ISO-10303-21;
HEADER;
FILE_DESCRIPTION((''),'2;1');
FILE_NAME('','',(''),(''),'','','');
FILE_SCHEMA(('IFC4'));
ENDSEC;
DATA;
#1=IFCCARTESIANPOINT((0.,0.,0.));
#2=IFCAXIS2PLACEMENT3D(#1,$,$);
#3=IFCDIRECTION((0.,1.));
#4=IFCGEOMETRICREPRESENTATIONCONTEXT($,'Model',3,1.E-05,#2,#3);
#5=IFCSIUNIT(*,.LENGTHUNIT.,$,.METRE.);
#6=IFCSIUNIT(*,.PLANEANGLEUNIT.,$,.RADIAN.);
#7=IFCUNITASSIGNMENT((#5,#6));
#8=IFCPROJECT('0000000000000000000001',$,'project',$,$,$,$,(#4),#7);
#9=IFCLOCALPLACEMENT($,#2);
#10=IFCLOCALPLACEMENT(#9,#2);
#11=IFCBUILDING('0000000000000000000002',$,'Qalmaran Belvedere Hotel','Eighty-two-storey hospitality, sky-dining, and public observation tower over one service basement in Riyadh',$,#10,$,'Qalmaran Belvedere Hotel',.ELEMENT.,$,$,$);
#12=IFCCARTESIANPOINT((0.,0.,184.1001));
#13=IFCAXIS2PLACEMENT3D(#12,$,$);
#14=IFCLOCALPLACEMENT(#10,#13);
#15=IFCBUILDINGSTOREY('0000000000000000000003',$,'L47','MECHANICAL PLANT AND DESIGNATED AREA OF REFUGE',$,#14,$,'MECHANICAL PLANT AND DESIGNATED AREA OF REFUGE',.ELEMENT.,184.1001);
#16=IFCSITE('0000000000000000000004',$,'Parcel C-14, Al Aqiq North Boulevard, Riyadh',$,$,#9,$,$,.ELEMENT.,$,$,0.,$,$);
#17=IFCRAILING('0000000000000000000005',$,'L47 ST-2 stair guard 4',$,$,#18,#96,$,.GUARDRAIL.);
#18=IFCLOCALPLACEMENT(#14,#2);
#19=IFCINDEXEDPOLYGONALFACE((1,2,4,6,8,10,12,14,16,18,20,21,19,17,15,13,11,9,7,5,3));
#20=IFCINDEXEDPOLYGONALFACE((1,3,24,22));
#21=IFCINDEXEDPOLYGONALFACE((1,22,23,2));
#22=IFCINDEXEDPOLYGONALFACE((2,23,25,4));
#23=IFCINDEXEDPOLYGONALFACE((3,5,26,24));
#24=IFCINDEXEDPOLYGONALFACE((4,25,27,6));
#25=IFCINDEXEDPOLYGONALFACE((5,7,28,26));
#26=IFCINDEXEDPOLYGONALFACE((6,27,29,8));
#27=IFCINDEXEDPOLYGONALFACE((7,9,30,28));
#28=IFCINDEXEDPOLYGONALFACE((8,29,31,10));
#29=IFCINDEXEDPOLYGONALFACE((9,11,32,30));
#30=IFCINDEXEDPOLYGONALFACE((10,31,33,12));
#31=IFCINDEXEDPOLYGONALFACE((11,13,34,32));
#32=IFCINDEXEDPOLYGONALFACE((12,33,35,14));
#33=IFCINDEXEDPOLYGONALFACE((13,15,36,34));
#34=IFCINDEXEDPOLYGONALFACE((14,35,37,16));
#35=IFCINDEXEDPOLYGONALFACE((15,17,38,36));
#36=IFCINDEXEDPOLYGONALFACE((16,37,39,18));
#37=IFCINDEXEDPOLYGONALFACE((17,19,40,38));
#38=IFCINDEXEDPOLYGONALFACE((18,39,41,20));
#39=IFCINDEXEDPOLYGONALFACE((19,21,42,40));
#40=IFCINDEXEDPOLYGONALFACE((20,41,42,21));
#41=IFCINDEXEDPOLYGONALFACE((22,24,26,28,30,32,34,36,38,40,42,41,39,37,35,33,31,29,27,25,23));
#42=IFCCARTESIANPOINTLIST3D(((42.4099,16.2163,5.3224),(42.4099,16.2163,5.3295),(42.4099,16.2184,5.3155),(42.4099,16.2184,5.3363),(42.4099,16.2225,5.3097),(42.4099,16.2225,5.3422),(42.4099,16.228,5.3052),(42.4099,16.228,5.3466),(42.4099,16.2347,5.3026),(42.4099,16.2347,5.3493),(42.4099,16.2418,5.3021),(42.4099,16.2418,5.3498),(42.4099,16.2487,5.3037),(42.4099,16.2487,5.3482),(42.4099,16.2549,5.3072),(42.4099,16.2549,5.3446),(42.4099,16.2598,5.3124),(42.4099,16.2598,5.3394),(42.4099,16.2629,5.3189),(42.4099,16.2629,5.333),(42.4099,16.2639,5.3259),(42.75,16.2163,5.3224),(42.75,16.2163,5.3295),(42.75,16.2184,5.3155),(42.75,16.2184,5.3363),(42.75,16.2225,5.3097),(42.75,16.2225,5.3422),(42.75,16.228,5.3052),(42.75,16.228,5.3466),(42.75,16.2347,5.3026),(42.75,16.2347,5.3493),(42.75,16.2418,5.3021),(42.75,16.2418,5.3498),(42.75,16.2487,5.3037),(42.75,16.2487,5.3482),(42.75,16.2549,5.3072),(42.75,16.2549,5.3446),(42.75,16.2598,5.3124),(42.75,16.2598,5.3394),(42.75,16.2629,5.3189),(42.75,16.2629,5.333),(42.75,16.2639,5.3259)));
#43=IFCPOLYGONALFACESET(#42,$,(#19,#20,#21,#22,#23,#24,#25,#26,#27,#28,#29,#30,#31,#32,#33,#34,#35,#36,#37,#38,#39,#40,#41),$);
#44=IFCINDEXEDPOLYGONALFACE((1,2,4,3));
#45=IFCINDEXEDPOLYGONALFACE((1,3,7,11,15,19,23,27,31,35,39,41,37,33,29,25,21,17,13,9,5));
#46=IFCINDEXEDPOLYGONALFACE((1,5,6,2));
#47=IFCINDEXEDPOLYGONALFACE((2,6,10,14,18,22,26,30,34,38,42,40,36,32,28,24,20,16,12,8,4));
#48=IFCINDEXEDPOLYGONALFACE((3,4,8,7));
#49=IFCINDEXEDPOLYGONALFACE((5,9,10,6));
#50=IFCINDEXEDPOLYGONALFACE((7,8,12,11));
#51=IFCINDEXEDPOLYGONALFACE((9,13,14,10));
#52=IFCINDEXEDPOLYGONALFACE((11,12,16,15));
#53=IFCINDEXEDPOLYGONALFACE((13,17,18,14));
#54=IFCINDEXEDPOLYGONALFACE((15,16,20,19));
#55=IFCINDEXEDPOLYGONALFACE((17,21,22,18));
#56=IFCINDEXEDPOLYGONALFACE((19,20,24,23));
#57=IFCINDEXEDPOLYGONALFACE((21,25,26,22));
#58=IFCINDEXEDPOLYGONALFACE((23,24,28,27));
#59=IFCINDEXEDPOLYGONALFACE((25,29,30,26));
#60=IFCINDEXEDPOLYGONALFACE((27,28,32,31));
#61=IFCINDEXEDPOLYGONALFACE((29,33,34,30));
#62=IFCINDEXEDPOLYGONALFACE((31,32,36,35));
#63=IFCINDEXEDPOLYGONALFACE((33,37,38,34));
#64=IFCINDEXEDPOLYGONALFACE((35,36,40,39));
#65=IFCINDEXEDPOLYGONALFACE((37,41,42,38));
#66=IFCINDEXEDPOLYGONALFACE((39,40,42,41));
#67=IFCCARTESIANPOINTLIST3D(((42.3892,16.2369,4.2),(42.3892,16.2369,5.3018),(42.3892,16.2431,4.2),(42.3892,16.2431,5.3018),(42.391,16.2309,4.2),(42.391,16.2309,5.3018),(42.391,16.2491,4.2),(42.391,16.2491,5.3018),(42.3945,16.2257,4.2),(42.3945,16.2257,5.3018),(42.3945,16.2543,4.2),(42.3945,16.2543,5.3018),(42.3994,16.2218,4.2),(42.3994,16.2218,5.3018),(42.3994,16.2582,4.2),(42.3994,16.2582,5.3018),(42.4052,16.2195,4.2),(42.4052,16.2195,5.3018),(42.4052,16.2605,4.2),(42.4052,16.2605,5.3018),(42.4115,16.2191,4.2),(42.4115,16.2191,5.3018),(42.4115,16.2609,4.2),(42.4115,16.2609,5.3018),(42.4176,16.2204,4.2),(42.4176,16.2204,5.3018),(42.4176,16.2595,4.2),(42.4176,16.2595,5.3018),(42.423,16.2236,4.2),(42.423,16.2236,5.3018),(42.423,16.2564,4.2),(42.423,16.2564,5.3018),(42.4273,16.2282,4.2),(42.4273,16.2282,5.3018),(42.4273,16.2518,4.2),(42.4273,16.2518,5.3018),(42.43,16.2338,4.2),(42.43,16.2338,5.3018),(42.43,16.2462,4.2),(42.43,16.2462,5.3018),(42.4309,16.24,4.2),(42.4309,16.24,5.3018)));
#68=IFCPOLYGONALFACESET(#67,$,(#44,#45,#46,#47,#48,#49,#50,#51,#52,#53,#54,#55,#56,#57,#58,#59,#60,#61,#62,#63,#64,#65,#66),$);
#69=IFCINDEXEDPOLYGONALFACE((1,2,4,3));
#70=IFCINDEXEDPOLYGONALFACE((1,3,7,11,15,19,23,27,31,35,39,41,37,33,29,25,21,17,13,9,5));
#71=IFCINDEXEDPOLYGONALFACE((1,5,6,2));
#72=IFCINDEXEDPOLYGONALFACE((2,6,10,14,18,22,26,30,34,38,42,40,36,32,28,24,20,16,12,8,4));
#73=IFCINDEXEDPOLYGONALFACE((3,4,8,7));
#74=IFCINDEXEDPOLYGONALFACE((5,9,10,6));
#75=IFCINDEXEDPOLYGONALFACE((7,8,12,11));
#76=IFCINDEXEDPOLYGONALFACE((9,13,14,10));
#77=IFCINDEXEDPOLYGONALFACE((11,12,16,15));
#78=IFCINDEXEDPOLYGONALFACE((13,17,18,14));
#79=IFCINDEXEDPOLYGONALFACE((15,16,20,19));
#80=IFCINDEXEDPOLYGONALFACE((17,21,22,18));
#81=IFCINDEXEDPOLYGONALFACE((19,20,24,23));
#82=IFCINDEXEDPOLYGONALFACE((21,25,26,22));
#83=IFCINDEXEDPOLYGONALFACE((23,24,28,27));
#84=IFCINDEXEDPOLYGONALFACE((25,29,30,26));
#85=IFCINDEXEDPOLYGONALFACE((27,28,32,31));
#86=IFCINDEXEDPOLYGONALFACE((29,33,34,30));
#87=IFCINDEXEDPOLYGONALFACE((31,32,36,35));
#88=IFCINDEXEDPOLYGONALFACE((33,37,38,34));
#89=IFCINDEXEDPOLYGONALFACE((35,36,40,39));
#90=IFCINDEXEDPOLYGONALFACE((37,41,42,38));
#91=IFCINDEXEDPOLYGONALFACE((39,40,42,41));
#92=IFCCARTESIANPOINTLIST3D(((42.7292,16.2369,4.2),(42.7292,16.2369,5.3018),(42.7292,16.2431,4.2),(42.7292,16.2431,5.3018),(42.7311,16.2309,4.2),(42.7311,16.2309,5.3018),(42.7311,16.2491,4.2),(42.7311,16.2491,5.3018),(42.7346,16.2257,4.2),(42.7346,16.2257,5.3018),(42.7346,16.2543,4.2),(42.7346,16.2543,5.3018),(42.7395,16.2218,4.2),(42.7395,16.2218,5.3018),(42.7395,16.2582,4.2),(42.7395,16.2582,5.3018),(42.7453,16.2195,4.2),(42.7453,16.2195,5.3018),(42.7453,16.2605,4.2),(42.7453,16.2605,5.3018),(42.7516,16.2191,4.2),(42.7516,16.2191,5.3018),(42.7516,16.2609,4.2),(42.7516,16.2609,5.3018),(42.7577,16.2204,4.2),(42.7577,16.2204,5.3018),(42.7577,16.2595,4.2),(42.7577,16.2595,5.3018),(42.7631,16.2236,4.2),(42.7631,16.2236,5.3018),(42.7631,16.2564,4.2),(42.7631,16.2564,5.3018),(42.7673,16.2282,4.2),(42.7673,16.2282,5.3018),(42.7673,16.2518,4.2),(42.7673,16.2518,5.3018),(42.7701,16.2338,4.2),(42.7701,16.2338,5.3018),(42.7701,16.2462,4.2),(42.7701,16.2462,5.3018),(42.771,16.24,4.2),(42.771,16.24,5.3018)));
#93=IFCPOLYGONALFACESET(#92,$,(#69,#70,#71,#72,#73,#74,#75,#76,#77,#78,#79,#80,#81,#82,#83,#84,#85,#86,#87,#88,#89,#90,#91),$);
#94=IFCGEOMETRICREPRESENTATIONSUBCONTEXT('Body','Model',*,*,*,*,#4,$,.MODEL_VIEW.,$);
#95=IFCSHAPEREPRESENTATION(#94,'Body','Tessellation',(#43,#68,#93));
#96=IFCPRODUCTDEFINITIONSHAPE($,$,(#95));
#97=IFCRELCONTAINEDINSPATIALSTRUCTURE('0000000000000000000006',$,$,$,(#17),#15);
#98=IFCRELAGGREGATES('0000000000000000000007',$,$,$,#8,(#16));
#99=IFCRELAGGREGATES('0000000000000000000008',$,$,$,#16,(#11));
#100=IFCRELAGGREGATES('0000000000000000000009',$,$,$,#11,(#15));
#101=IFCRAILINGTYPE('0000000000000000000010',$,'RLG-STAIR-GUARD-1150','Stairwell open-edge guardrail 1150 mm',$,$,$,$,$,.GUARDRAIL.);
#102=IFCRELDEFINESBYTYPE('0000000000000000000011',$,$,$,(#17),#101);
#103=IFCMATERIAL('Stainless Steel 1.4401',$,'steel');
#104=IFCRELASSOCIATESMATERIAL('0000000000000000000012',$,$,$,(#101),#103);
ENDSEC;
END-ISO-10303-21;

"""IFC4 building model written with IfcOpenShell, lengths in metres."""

from ifc_helpers import new_model, si_unit, direction, frame, origin, origin_2d, place, context, subcontext, project, spatial, circle, extrude, material, type_object, element, save


model = new_model("IFC4")

# Units and contexts
model_context = context("Model", 3, precision=1e-05, world=origin(), true_north=direction((0.0, 1.0)))
body_context = subcontext(model_context, "Body", "Model", "MODEL_VIEW")
ifc_project = project(units=[si_unit("LENGTHUNIT", "METRE"), si_unit("PLANEANGLEUNIT", "RADIAN")], contexts=[model_context])

# Site, building, storey
site_placement = place(None, origin())
site = spatial("IfcSite", under=ifc_project, at=site_placement, Name="Parcel C-14, Al Aqiq North Boulevard, Riyadh", CompositionType="ELEMENT", RefElevation=0.0)
building_placement = place(site_placement, origin())
building = spatial("IfcBuilding", under=site, at=building_placement, Name="Qalmaran Belvedere Hotel", Description="Eighty-two-storey hospitality, sky-dining, and public observation tower over one service basement in Riyadh", LongName="Qalmaran Belvedere Hotel", CompositionType="ELEMENT")
storey_placement = place(building_placement, frame((0.0, 0.0, 184.1001)))
storey = spatial("IfcBuildingStorey", under=building, at=storey_placement, Name="L47", Description="MECHANICAL PLANT AND DESIGNATED AREA OF REFUGE", LongName="MECHANICAL PLANT AND DESIGNATED AREA OF REFUGE", CompositionType="ELEMENT", Elevation=184.1001)

# Railing
ifc_material_1 = material(Name="Stainless Steel 1.4401", Category="steel")
railing_type_1 = type_object("IfcRailingType", Name="RLG-STAIR-GUARD-1150", Description="Stairwell open-edge guardrail 1150 mm", PredefinedType="GUARDRAIL", material=ifc_material_1)
railing_1_placement = place(storey_placement, frame((42.4099, 16.24, 4.2)))
element("IfcRailing", 1, at=railing_1_placement, inside=storey, type_object=railing_type_1, Name="L47 ST-2 stair guard 4", PredefinedType="GUARDRAIL", context=body_context, shape_type="SweptSolid", body=[
    extrude(circle(Radius=0.0239, at=origin_2d()), frame((0.0, 0.0, 1.126), z_axis=(1.0, 0.0, 0.0), x_axis=(0.0, 1.0, 0.0)), (0.0, 0.0, 1.0), 0.3401),
    extrude(circle(Radius=0.021, at=origin_2d()), origin(), (0.0, 0.0, 1.0), 1.1018),
    extrude(circle(Radius=0.021, at=origin_2d()), frame((0.3401, 0.0, 0.0)), (0.0, 0.0, 1.0), 1.1018),
])

save(model, "model.ifc")
